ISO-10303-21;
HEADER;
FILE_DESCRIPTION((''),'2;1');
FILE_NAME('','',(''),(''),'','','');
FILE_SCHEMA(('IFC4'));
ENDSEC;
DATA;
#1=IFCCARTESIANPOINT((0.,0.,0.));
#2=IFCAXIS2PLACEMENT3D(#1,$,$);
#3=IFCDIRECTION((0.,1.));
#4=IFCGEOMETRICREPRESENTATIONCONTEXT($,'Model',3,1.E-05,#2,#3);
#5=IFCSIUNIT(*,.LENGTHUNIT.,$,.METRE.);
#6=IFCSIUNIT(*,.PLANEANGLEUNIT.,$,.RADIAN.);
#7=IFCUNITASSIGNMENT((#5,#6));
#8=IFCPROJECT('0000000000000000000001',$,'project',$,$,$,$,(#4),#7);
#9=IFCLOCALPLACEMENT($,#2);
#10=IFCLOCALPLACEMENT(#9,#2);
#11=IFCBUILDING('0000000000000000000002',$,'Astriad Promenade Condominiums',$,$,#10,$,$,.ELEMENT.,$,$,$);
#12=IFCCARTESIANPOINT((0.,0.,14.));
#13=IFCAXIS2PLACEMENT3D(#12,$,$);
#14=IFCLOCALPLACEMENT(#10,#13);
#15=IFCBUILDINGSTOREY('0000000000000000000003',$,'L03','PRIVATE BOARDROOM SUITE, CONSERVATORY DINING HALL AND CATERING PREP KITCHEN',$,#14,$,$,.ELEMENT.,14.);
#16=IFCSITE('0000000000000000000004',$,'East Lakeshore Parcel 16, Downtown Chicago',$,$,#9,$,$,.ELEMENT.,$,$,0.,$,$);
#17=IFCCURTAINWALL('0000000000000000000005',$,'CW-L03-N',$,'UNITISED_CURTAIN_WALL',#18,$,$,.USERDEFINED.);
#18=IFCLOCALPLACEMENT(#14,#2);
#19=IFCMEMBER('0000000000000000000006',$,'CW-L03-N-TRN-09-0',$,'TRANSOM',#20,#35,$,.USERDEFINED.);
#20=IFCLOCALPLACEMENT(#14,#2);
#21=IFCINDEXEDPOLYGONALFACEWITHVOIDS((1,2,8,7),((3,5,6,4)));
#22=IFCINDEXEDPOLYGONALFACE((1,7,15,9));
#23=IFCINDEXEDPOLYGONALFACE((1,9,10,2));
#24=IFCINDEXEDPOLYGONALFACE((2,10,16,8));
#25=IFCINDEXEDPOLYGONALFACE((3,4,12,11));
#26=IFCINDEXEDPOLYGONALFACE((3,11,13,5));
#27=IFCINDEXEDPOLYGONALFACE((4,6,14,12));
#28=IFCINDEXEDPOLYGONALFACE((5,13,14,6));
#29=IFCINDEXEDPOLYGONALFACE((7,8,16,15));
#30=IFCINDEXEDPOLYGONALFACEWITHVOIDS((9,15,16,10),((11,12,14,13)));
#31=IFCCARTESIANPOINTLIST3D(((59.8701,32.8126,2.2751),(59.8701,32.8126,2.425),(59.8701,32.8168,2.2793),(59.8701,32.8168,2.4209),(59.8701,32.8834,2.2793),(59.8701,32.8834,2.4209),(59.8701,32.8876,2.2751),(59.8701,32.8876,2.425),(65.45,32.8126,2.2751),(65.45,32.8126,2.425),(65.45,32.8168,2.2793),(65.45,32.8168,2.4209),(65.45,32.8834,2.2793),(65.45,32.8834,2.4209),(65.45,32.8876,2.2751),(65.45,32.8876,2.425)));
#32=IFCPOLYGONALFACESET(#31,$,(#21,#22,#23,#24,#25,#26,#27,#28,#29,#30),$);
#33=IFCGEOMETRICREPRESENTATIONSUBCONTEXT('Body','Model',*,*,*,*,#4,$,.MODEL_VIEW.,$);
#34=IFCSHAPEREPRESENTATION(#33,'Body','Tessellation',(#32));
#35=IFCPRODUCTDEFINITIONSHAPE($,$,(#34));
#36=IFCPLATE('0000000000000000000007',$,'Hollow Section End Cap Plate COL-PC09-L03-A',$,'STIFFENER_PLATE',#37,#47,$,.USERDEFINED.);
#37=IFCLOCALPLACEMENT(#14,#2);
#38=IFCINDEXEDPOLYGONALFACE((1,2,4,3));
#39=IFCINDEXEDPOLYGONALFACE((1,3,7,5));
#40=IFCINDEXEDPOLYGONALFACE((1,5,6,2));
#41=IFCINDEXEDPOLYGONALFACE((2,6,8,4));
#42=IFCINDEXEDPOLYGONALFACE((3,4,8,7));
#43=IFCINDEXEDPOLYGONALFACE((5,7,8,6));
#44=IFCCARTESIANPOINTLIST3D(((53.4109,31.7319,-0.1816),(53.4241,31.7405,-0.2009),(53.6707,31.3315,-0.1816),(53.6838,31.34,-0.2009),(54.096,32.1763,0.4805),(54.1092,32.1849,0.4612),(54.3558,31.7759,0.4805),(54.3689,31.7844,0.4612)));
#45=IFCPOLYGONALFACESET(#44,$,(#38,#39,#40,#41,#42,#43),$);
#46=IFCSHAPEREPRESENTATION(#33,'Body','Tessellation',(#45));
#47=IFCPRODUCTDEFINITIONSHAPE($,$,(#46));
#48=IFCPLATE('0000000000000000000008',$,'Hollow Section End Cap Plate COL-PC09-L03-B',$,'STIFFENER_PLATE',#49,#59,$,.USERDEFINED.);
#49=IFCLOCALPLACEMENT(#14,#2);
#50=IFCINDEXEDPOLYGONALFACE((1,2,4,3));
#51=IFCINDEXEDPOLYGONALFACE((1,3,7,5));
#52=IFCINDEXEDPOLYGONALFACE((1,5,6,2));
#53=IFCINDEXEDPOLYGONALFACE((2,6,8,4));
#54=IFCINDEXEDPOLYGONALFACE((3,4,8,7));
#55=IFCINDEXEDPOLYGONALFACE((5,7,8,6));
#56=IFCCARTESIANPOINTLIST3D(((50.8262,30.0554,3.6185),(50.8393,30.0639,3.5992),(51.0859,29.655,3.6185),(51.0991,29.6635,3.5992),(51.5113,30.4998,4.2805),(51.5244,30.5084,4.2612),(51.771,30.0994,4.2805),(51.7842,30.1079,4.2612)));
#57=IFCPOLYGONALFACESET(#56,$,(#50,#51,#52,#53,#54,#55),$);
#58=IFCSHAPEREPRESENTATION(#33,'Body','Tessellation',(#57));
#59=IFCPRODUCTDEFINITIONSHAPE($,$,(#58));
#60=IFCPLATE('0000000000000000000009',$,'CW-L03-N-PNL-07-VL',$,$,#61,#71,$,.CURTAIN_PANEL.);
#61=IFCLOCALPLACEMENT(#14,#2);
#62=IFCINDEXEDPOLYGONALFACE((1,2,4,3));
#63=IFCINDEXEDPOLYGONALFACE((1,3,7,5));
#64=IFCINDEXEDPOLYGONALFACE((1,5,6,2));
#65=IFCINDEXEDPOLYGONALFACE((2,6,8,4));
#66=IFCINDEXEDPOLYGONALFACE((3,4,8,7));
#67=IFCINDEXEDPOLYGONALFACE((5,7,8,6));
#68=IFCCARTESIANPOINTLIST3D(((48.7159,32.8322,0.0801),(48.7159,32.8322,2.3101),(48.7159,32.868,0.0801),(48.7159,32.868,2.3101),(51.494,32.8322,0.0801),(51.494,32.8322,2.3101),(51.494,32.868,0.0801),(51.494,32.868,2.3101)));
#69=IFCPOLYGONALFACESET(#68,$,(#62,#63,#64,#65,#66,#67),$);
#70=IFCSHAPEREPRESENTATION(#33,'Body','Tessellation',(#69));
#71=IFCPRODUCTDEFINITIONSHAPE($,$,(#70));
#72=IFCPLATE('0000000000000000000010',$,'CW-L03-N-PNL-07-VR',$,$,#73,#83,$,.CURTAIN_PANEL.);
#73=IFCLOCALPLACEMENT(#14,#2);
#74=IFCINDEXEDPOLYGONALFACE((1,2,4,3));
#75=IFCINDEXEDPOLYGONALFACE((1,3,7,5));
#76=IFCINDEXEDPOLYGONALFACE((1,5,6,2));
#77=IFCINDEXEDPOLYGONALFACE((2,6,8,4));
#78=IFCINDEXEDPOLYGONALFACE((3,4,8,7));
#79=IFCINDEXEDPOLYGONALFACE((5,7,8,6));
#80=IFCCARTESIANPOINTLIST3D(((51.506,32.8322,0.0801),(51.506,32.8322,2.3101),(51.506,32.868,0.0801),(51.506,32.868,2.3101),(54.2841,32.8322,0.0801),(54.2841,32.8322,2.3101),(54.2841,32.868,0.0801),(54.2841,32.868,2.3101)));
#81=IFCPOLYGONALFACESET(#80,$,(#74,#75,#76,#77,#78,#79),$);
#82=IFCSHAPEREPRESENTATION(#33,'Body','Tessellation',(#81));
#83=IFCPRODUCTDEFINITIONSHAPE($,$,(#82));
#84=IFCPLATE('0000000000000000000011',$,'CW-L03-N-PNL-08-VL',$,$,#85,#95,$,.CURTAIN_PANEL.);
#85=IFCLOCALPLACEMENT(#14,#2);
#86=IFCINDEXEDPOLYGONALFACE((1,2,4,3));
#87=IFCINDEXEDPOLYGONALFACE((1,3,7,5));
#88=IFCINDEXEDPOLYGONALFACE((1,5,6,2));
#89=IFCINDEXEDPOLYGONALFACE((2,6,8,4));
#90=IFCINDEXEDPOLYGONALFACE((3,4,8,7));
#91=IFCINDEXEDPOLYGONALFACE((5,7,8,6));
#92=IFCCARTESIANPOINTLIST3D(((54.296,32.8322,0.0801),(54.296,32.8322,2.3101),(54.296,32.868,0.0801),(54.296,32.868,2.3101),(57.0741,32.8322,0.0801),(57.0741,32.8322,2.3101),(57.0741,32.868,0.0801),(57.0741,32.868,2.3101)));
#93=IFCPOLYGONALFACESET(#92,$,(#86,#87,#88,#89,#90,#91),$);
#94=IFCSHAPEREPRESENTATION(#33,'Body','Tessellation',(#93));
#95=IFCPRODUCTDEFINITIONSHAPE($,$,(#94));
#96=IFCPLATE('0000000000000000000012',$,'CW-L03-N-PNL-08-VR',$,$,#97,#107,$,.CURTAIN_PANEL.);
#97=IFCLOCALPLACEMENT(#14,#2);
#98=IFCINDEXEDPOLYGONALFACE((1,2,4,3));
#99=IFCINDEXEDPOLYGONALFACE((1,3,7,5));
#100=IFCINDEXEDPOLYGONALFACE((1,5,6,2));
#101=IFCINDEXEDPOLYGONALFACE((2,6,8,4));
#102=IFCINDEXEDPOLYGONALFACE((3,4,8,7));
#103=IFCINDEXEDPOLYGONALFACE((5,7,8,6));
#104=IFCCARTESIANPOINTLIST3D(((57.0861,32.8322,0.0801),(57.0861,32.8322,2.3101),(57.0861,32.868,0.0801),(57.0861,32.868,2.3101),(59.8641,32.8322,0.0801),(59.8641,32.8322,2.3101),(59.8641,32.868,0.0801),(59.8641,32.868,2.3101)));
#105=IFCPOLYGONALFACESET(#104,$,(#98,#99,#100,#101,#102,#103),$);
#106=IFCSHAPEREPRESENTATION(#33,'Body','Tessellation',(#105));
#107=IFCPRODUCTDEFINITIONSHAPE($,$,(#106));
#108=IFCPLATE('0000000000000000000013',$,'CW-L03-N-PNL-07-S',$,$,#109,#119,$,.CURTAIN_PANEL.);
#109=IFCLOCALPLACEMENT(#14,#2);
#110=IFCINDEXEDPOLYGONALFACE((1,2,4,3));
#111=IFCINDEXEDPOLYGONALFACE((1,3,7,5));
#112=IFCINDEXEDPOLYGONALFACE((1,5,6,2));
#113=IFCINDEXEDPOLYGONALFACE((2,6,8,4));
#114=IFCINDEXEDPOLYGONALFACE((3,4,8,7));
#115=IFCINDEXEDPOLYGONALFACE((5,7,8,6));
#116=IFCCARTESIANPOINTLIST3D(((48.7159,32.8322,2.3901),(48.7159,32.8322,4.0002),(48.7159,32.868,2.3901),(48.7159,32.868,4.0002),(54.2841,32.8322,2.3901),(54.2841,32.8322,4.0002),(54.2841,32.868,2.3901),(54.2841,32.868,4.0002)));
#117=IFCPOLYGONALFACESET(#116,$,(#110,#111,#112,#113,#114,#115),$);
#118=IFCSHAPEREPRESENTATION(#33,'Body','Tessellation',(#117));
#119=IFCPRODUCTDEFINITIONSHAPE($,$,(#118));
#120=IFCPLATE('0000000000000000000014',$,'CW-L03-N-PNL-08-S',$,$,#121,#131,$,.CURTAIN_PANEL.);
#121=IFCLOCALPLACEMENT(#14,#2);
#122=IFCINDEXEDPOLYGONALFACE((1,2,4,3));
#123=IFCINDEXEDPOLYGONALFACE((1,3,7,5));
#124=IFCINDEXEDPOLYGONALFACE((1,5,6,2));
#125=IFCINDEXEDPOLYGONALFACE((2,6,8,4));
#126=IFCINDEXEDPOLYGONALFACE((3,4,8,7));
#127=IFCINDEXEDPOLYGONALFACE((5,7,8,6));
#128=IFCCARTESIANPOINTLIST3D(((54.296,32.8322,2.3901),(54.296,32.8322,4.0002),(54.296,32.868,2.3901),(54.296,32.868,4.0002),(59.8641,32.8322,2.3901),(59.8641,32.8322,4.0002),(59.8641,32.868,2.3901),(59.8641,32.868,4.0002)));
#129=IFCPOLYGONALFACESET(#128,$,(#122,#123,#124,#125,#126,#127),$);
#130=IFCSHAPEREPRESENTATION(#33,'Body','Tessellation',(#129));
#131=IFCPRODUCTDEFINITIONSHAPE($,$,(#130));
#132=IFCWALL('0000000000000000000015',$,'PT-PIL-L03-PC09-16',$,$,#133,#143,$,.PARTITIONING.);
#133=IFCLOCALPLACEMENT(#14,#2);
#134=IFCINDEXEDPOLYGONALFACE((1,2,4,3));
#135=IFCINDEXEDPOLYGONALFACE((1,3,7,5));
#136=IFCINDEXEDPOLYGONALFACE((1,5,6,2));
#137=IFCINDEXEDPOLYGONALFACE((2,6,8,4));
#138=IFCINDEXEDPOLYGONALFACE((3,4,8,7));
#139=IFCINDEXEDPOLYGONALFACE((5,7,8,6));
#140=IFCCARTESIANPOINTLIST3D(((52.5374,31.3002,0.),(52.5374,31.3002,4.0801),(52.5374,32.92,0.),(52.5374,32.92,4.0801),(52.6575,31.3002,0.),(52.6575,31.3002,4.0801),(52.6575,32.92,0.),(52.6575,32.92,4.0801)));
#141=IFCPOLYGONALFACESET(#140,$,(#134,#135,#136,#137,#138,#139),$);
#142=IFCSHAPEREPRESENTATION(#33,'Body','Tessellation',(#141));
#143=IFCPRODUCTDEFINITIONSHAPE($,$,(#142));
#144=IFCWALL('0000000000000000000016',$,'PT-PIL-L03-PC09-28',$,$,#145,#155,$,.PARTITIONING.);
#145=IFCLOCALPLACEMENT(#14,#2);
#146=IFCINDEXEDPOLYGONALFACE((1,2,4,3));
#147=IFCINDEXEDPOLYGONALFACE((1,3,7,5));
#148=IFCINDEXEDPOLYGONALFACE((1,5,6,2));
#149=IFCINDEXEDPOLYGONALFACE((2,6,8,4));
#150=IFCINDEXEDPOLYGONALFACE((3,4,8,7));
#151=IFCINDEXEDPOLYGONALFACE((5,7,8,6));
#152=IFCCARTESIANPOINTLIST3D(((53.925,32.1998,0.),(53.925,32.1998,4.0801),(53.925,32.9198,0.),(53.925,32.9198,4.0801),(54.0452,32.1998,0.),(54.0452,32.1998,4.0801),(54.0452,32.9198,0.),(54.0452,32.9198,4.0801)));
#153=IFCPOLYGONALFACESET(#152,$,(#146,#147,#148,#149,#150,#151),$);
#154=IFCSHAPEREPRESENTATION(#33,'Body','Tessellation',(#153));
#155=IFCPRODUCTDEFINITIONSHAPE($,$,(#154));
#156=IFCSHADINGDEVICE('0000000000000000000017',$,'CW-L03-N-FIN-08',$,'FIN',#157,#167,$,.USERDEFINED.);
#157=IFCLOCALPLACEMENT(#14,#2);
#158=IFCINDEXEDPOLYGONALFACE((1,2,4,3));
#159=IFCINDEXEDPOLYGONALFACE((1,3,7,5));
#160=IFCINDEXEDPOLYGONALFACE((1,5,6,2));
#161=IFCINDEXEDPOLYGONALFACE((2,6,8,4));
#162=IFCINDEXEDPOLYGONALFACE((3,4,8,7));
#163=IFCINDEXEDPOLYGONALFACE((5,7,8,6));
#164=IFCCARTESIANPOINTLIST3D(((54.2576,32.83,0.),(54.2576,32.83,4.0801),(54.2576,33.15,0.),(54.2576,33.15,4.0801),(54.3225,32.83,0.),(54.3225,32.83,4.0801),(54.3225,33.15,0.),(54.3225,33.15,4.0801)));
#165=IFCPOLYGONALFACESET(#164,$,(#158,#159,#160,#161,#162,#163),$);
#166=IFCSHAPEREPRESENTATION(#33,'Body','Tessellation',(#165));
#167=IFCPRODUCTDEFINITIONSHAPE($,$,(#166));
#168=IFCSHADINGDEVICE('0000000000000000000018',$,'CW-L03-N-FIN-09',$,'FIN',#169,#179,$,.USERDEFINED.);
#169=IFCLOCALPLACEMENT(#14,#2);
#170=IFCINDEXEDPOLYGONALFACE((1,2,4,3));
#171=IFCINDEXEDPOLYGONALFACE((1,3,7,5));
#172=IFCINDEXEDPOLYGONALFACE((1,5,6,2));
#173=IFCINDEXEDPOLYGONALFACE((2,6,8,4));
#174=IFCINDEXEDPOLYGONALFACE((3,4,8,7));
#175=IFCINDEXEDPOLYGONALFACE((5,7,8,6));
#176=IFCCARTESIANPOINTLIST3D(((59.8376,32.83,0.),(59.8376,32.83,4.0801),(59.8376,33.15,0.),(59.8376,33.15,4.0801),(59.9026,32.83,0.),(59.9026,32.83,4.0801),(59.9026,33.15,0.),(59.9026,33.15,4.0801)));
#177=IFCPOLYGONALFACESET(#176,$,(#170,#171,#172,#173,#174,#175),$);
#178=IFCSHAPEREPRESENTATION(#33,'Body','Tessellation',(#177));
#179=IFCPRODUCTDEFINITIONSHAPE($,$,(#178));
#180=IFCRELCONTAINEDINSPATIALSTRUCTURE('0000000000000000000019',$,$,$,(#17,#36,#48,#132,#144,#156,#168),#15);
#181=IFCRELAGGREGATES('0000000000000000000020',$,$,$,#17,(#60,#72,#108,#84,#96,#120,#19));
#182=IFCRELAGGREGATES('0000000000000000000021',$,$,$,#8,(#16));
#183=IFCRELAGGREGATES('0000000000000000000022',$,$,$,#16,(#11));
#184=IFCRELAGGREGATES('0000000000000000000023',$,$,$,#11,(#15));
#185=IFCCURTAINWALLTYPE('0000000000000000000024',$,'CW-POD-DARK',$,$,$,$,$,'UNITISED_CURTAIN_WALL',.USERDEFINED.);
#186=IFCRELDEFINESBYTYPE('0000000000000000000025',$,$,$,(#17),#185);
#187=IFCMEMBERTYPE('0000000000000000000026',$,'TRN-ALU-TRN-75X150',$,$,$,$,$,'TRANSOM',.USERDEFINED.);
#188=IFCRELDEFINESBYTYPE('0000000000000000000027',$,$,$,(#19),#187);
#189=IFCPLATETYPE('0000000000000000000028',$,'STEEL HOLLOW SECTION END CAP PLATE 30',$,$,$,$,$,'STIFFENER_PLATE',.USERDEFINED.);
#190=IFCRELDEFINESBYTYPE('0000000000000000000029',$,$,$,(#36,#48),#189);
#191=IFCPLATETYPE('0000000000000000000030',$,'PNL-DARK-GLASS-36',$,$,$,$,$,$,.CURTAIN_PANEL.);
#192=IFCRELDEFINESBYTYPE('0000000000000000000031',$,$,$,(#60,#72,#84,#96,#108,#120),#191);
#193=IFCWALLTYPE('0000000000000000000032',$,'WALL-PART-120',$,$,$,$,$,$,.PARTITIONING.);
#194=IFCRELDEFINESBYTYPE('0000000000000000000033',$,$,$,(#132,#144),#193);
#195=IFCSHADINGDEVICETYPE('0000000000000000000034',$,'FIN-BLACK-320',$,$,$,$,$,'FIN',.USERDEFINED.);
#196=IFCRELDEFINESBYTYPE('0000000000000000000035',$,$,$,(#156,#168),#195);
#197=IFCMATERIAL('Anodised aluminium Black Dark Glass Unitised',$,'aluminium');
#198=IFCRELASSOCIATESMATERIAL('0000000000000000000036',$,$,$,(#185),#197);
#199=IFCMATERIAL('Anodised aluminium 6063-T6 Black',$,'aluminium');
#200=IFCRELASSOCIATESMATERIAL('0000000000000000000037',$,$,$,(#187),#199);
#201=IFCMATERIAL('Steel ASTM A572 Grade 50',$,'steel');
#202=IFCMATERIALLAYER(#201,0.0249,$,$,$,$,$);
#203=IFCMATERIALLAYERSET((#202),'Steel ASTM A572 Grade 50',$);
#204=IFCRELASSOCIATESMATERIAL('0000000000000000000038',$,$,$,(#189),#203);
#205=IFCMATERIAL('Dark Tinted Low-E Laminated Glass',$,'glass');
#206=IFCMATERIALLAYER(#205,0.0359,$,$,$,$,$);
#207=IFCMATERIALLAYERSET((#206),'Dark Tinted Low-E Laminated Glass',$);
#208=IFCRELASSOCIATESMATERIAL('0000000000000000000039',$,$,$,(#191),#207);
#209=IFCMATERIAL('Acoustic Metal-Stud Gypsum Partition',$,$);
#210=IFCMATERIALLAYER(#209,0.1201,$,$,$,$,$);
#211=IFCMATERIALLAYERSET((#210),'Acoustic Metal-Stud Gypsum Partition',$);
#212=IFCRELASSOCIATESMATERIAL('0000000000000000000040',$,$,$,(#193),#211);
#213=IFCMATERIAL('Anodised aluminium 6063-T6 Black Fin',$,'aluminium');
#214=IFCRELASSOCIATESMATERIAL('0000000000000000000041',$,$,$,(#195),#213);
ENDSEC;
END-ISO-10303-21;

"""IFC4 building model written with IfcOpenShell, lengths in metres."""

from ifc_helpers import new_model, si_unit, direction, frame, frame_2d, origin, origin_2d, place, context, subcontext, project, spatial, rectangle, hollow_rectangle, extrude, source, transform, mapped, material, layer, layer_set, material_profile, profile_set, type_object, type_shapes, element, aggregate, save


model = new_model("IFC4")

# Units and contexts
model_context = context("Model", 3, precision=1e-05, world=origin(), true_north=direction((0.0, 1.0)))
body_context = subcontext(model_context, "Body", "Model", "MODEL_VIEW")
ifc_project = project(units=[si_unit("LENGTHUNIT", "METRE"), si_unit("PLANEANGLEUNIT", "RADIAN")], contexts=[model_context])

# Site, building, storey
site_placement = place(None, origin())
site = spatial("IfcSite", under=ifc_project, at=site_placement, Name="East Lakeshore Parcel 16, Downtown Chicago", CompositionType="ELEMENT", RefElevation=0.0)
building_placement = place(site_placement, origin())
building = spatial("IfcBuilding", under=site, at=building_placement, Name="Astriad Promenade Condominiums", CompositionType="ELEMENT")
storey_placement = place(building_placement, frame((0.0, 0.0, 14.0)))
storey = spatial("IfcBuildingStorey", under=building, at=storey_placement, Name="L03", Description="PRIVATE BOARDROOM SUITE, CONSERVATORY DINING HALL AND CATERING PREP KITCHEN", CompositionType="ELEMENT", Elevation=14.0)

# Curtain wall, member
ifc_material_1 = material(Name="Anodised aluminium Black Dark Glass Unitised", Category="aluminium")
curtain_wall_type = type_object("IfcCurtainWallType", Name="CW-POD-DARK", ElementType="UNITISED_CURTAIN_WALL", PredefinedType="USERDEFINED", material=ifc_material_1)
curtain_wall_placement = place(storey_placement, origin())
curtain_wall = element("IfcCurtainWall", 1, at=curtain_wall_placement, inside=storey, type_object=curtain_wall_type, Name="CW-L03-N", ObjectType="UNITISED_CURTAIN_WALL", PredefinedType="USERDEFINED")
ifc_material_2 = material(Name="Anodised aluminium 6063-T6 Black", Category="aluminium")
ifc_material_profile_1 = material_profile(ifc_material_2, hollow_rectangle(XDim=0.075, YDim=0.1499, WallThickness=0.0042, at=origin_2d()), Name="ALU-TRN-75X150")
ifc_profile_set_1 = profile_set([ifc_material_profile_1], Name="Anodised aluminium 6063-T6 Black")
member_type_1 = type_object("IfcMemberType", Name="TRN-ALU-TRN-75X150", ElementType="TRANSOM", PredefinedType="USERDEFINED", material=ifc_profile_set_1)
shared_shape_1 = source(origin(), body_context, "Body", "SweptSolid", [
    extrude(hollow_rectangle(XDim=0.075, YDim=0.1499, WallThickness=0.0042, at=origin_2d()), origin(), (0.0, 0.0, 1.0), 5.5798),
])
member_1_placement = place(storey_placement, frame((59.8701, 32.8501, 2.3501), z_axis=(1.0, 0.0, 0.0), x_axis=(0.0, 1.0, 0.0)))
member_1 = element("IfcMember", 2, at=member_1_placement, type_object=member_type_1, Name="CW-L03-N-TRN-09-0", ObjectType="TRANSOM", PredefinedType="USERDEFINED", context=body_context, shape_type="MappedRepresentation", body=[
    mapped(shared_shape_1, transform((0.0, 0.0, 0.0), scale=1.0)),
])

# Plates
ifc_material_3 = material(Name="Steel ASTM A572 Grade 50", Category="steel")
ifc_layer_1 = layer(ifc_material_3, 0.0249)
ifc_layer_set_1 = layer_set([ifc_layer_1], Name="Steel ASTM A572 Grade 50")
plate_type_1 = type_object("IfcPlateType", Name="STEEL HOLLOW SECTION END CAP PLATE 30", ElementType="STIFFENER_PLATE", PredefinedType="USERDEFINED", material=ifc_layer_set_1)
shared_shape_2 = source(origin(), body_context, "Body", "SweptSolid", [
    extrude(rectangle(XDim=0.4773, YDim=1.0513, at=origin_2d()), origin(), (0.0, 0.0, 1.0), 0.0249),
])
type_shapes(plate_type_1, [shared_shape_2])
for number, where, z_axis, x_axis, name in (
    (3, (53.8965, 31.7625, 0.1301), (-0.528338, -0.342719, 0.776789), (0.544206, -0.838952, 0.0), "Hollow Section End Cap Plate COL-PC09-L03-A"),
    (4, (51.3118, 30.0859, 3.9302), (-0.528338, -0.342719, 0.776789), (0.544206, -0.838952, 0.0), "Hollow Section End Cap Plate COL-PC09-L03-B"),
):
    element("IfcPlate", number, at=place(storey_placement, frame(where, z_axis=z_axis, x_axis=x_axis)), inside=storey, type_object=plate_type_1, Name=name, ObjectType="STIFFENER_PLATE", PredefinedType="USERDEFINED", context=body_context, shape_type="MappedRepresentation", body=[
        mapped(shared_shape_2, transform((0.0, 0.0, 0.0), scale=1.0)),
    ])

# Plates
ifc_material_4 = material(Name="Dark Tinted Low-E Laminated Glass", Category="glass")
ifc_layer_2 = layer(ifc_material_4, 0.0359)
ifc_layer_set_2 = layer_set([ifc_layer_2], Name="Dark Tinted Low-E Laminated Glass")
plate_type_2 = type_object("IfcPlateType", Name="PNL-DARK-GLASS-36", PredefinedType="CURTAIN_PANEL", material=ifc_layer_set_2)
shared_shape_3 = source(origin(), body_context, "Body", "SweptSolid", [
    extrude(rectangle(XDim=2.7781, YDim=0.0359, at=origin_2d()), origin(), (0.0, 0.0, 1.0), 2.23),
])
plate_1_placement = place(storey_placement, frame((50.105, 32.8501, 0.0801), z_axis=(0.0, 0.0, 1.0), x_axis=(1.0, 0.0, 0.0)))
plate_1 = element("IfcPlate", 5, at=plate_1_placement, type_object=plate_type_2, Name="CW-L03-N-PNL-07-VL", PredefinedType="CURTAIN_PANEL", context=body_context, shape_type="MappedRepresentation", body=[
    mapped(shared_shape_3, transform((0.0, 0.0, 0.0), scale=1.0)),
])
plate_2_placement = place(storey_placement, frame((52.895, 32.8501, 0.0801), z_axis=(0.0, 0.0, 1.0), x_axis=(1.0, 0.0, 0.0)))
plate_2 = element("IfcPlate", 6, at=plate_2_placement, type_object=plate_type_2, Name="CW-L03-N-PNL-07-VR", PredefinedType="CURTAIN_PANEL", context=body_context, shape_type="MappedRepresentation", body=[
    mapped(shared_shape_3, transform((0.0, 0.0, 0.0), scale=1.0)),
])
plate_3_placement = place(storey_placement, frame((55.6851, 32.8501, 0.0801), z_axis=(0.0, 0.0, 1.0), x_axis=(1.0, 0.0, 0.0)))
plate_3 = element("IfcPlate", 7, at=plate_3_placement, type_object=plate_type_2, Name="CW-L03-N-PNL-08-VL", PredefinedType="CURTAIN_PANEL", context=body_context, shape_type="MappedRepresentation", body=[
    mapped(shared_shape_3, transform((0.0, 0.0, 0.0), scale=1.0)),
])
plate_4_placement = place(storey_placement, frame((58.4751, 32.8501, 0.0801), z_axis=(0.0, 0.0, 1.0), x_axis=(1.0, 0.0, 0.0)))
plate_4 = element("IfcPlate", 8, at=plate_4_placement, type_object=plate_type_2, Name="CW-L03-N-PNL-08-VR", PredefinedType="CURTAIN_PANEL", context=body_context, shape_type="MappedRepresentation", body=[
    mapped(shared_shape_3, transform((0.0, 0.0, 0.0), scale=1.0)),
])
shared_shape_4 = source(origin(), body_context, "Body", "SweptSolid", [
    extrude(rectangle(XDim=5.5681, YDim=0.0359, at=origin_2d()), origin(), (0.0, 0.0, 1.0), 1.6101),
])
type_shapes(plate_type_2, [shared_shape_3, shared_shape_4])
plate_5_placement = place(storey_placement, frame((51.5, 32.8501, 2.3901), z_axis=(0.0, 0.0, 1.0), x_axis=(1.0, 0.0, 0.0)))
plate_5 = element("IfcPlate", 9, at=plate_5_placement, type_object=plate_type_2, Name="CW-L03-N-PNL-07-S", PredefinedType="CURTAIN_PANEL", context=body_context, shape_type="MappedRepresentation", body=[
    mapped(shared_shape_4, transform((0.0, 0.0, 0.0), scale=1.0)),
])
plate_6_placement = place(storey_placement, frame((57.0801, 32.8501, 2.3901), z_axis=(0.0, 0.0, 1.0), x_axis=(1.0, 0.0, 0.0)))
plate_6 = element("IfcPlate", 10, at=plate_6_placement, type_object=plate_type_2, Name="CW-L03-N-PNL-08-S", PredefinedType="CURTAIN_PANEL", context=body_context, shape_type="MappedRepresentation", body=[
    mapped(shared_shape_4, transform((0.0, 0.0, 0.0), scale=1.0)),
])
aggregate(curtain_wall, [plate_1, plate_2, plate_5, plate_3, plate_4, plate_6, member_1])

# Walls
ifc_material_5 = material(Name="Acoustic Metal-Stud Gypsum Partition")
ifc_layer_3 = layer(ifc_material_5, 0.1201)
ifc_layer_set_3 = layer_set([ifc_layer_3], Name="Acoustic Metal-Stud Gypsum Partition")
wall_type = type_object("IfcWallType", Name="WALL-PART-120", PredefinedType="PARTITIONING", material=ifc_layer_set_3)
wall_1_placement = place(storey_placement, frame((52.5974, 31.3, 0.0), z_axis=(0.0, 0.0, 1.0), x_axis=(0.0, 1.0, 0.0)))
element("IfcWall", 11, at=wall_1_placement, inside=storey, type_object=wall_type, Name="PT-PIL-L03-PC09-16", PredefinedType="PARTITIONING", context=body_context, shape_type="SweptSolid", body=[
    extrude(rectangle(XDim=1.6199, YDim=0.1201, at=frame_2d((0.8101, 0.0))), origin(), (0.0, 0.0, 1.0), 4.0801),
])
wall_2_placement = place(storey_placement, frame((53.9851, 32.2, 0.0), z_axis=(0.0, 0.0, 1.0), x_axis=(0.0, 1.0, 0.0)))
element("IfcWall", 12, at=wall_2_placement, inside=storey, type_object=wall_type, Name="PT-PIL-L03-PC09-28", PredefinedType="PARTITIONING", context=body_context, shape_type="SweptSolid", body=[
    extrude(rectangle(XDim=0.72, YDim=0.1201, at=frame_2d((0.3599, 0.0))), origin(), (0.0, 0.0, 1.0), 4.0801),
])

# Shading devices
ifc_material_6 = material(Name="Anodised aluminium 6063-T6 Black Fin", Category="aluminium")
shading_device_type = type_object("IfcShadingDeviceType", Name="FIN-BLACK-320", ElementType="FIN", PredefinedType="USERDEFINED", material=ifc_material_6)
shared_shape_5 = source(origin(), body_context, "Body", "SweptSolid", [
    extrude(rectangle(XDim=0.0649, YDim=0.3201, at=origin_2d()), origin(), (0.0, 0.0, 1.0), 4.0801),
])
type_shapes(shading_device_type, [shared_shape_5])
for number, where, z_axis, x_axis, name in (
    (13, (54.29, 32.99, 0.0), (0.0, 0.0, 1.0), (1.0, 0.0, 0.0), "CW-L03-N-FIN-08"),
    (14, (59.8701, 32.99, 0.0), (0.0, 0.0, 1.0), (1.0, 0.0, 0.0), "CW-L03-N-FIN-09"),
):
    element("IfcShadingDevice", number, at=place(storey_placement, frame(where, z_axis=z_axis, x_axis=x_axis)), inside=storey, type_object=shading_device_type, Name=name, ObjectType="FIN", PredefinedType="USERDEFINED", context=body_context, shape_type="MappedRepresentation", body=[
        mapped(shared_shape_5, transform((0.0, 0.0, 0.0), scale=1.0)),
    ])

save(model, "model.ifc")
